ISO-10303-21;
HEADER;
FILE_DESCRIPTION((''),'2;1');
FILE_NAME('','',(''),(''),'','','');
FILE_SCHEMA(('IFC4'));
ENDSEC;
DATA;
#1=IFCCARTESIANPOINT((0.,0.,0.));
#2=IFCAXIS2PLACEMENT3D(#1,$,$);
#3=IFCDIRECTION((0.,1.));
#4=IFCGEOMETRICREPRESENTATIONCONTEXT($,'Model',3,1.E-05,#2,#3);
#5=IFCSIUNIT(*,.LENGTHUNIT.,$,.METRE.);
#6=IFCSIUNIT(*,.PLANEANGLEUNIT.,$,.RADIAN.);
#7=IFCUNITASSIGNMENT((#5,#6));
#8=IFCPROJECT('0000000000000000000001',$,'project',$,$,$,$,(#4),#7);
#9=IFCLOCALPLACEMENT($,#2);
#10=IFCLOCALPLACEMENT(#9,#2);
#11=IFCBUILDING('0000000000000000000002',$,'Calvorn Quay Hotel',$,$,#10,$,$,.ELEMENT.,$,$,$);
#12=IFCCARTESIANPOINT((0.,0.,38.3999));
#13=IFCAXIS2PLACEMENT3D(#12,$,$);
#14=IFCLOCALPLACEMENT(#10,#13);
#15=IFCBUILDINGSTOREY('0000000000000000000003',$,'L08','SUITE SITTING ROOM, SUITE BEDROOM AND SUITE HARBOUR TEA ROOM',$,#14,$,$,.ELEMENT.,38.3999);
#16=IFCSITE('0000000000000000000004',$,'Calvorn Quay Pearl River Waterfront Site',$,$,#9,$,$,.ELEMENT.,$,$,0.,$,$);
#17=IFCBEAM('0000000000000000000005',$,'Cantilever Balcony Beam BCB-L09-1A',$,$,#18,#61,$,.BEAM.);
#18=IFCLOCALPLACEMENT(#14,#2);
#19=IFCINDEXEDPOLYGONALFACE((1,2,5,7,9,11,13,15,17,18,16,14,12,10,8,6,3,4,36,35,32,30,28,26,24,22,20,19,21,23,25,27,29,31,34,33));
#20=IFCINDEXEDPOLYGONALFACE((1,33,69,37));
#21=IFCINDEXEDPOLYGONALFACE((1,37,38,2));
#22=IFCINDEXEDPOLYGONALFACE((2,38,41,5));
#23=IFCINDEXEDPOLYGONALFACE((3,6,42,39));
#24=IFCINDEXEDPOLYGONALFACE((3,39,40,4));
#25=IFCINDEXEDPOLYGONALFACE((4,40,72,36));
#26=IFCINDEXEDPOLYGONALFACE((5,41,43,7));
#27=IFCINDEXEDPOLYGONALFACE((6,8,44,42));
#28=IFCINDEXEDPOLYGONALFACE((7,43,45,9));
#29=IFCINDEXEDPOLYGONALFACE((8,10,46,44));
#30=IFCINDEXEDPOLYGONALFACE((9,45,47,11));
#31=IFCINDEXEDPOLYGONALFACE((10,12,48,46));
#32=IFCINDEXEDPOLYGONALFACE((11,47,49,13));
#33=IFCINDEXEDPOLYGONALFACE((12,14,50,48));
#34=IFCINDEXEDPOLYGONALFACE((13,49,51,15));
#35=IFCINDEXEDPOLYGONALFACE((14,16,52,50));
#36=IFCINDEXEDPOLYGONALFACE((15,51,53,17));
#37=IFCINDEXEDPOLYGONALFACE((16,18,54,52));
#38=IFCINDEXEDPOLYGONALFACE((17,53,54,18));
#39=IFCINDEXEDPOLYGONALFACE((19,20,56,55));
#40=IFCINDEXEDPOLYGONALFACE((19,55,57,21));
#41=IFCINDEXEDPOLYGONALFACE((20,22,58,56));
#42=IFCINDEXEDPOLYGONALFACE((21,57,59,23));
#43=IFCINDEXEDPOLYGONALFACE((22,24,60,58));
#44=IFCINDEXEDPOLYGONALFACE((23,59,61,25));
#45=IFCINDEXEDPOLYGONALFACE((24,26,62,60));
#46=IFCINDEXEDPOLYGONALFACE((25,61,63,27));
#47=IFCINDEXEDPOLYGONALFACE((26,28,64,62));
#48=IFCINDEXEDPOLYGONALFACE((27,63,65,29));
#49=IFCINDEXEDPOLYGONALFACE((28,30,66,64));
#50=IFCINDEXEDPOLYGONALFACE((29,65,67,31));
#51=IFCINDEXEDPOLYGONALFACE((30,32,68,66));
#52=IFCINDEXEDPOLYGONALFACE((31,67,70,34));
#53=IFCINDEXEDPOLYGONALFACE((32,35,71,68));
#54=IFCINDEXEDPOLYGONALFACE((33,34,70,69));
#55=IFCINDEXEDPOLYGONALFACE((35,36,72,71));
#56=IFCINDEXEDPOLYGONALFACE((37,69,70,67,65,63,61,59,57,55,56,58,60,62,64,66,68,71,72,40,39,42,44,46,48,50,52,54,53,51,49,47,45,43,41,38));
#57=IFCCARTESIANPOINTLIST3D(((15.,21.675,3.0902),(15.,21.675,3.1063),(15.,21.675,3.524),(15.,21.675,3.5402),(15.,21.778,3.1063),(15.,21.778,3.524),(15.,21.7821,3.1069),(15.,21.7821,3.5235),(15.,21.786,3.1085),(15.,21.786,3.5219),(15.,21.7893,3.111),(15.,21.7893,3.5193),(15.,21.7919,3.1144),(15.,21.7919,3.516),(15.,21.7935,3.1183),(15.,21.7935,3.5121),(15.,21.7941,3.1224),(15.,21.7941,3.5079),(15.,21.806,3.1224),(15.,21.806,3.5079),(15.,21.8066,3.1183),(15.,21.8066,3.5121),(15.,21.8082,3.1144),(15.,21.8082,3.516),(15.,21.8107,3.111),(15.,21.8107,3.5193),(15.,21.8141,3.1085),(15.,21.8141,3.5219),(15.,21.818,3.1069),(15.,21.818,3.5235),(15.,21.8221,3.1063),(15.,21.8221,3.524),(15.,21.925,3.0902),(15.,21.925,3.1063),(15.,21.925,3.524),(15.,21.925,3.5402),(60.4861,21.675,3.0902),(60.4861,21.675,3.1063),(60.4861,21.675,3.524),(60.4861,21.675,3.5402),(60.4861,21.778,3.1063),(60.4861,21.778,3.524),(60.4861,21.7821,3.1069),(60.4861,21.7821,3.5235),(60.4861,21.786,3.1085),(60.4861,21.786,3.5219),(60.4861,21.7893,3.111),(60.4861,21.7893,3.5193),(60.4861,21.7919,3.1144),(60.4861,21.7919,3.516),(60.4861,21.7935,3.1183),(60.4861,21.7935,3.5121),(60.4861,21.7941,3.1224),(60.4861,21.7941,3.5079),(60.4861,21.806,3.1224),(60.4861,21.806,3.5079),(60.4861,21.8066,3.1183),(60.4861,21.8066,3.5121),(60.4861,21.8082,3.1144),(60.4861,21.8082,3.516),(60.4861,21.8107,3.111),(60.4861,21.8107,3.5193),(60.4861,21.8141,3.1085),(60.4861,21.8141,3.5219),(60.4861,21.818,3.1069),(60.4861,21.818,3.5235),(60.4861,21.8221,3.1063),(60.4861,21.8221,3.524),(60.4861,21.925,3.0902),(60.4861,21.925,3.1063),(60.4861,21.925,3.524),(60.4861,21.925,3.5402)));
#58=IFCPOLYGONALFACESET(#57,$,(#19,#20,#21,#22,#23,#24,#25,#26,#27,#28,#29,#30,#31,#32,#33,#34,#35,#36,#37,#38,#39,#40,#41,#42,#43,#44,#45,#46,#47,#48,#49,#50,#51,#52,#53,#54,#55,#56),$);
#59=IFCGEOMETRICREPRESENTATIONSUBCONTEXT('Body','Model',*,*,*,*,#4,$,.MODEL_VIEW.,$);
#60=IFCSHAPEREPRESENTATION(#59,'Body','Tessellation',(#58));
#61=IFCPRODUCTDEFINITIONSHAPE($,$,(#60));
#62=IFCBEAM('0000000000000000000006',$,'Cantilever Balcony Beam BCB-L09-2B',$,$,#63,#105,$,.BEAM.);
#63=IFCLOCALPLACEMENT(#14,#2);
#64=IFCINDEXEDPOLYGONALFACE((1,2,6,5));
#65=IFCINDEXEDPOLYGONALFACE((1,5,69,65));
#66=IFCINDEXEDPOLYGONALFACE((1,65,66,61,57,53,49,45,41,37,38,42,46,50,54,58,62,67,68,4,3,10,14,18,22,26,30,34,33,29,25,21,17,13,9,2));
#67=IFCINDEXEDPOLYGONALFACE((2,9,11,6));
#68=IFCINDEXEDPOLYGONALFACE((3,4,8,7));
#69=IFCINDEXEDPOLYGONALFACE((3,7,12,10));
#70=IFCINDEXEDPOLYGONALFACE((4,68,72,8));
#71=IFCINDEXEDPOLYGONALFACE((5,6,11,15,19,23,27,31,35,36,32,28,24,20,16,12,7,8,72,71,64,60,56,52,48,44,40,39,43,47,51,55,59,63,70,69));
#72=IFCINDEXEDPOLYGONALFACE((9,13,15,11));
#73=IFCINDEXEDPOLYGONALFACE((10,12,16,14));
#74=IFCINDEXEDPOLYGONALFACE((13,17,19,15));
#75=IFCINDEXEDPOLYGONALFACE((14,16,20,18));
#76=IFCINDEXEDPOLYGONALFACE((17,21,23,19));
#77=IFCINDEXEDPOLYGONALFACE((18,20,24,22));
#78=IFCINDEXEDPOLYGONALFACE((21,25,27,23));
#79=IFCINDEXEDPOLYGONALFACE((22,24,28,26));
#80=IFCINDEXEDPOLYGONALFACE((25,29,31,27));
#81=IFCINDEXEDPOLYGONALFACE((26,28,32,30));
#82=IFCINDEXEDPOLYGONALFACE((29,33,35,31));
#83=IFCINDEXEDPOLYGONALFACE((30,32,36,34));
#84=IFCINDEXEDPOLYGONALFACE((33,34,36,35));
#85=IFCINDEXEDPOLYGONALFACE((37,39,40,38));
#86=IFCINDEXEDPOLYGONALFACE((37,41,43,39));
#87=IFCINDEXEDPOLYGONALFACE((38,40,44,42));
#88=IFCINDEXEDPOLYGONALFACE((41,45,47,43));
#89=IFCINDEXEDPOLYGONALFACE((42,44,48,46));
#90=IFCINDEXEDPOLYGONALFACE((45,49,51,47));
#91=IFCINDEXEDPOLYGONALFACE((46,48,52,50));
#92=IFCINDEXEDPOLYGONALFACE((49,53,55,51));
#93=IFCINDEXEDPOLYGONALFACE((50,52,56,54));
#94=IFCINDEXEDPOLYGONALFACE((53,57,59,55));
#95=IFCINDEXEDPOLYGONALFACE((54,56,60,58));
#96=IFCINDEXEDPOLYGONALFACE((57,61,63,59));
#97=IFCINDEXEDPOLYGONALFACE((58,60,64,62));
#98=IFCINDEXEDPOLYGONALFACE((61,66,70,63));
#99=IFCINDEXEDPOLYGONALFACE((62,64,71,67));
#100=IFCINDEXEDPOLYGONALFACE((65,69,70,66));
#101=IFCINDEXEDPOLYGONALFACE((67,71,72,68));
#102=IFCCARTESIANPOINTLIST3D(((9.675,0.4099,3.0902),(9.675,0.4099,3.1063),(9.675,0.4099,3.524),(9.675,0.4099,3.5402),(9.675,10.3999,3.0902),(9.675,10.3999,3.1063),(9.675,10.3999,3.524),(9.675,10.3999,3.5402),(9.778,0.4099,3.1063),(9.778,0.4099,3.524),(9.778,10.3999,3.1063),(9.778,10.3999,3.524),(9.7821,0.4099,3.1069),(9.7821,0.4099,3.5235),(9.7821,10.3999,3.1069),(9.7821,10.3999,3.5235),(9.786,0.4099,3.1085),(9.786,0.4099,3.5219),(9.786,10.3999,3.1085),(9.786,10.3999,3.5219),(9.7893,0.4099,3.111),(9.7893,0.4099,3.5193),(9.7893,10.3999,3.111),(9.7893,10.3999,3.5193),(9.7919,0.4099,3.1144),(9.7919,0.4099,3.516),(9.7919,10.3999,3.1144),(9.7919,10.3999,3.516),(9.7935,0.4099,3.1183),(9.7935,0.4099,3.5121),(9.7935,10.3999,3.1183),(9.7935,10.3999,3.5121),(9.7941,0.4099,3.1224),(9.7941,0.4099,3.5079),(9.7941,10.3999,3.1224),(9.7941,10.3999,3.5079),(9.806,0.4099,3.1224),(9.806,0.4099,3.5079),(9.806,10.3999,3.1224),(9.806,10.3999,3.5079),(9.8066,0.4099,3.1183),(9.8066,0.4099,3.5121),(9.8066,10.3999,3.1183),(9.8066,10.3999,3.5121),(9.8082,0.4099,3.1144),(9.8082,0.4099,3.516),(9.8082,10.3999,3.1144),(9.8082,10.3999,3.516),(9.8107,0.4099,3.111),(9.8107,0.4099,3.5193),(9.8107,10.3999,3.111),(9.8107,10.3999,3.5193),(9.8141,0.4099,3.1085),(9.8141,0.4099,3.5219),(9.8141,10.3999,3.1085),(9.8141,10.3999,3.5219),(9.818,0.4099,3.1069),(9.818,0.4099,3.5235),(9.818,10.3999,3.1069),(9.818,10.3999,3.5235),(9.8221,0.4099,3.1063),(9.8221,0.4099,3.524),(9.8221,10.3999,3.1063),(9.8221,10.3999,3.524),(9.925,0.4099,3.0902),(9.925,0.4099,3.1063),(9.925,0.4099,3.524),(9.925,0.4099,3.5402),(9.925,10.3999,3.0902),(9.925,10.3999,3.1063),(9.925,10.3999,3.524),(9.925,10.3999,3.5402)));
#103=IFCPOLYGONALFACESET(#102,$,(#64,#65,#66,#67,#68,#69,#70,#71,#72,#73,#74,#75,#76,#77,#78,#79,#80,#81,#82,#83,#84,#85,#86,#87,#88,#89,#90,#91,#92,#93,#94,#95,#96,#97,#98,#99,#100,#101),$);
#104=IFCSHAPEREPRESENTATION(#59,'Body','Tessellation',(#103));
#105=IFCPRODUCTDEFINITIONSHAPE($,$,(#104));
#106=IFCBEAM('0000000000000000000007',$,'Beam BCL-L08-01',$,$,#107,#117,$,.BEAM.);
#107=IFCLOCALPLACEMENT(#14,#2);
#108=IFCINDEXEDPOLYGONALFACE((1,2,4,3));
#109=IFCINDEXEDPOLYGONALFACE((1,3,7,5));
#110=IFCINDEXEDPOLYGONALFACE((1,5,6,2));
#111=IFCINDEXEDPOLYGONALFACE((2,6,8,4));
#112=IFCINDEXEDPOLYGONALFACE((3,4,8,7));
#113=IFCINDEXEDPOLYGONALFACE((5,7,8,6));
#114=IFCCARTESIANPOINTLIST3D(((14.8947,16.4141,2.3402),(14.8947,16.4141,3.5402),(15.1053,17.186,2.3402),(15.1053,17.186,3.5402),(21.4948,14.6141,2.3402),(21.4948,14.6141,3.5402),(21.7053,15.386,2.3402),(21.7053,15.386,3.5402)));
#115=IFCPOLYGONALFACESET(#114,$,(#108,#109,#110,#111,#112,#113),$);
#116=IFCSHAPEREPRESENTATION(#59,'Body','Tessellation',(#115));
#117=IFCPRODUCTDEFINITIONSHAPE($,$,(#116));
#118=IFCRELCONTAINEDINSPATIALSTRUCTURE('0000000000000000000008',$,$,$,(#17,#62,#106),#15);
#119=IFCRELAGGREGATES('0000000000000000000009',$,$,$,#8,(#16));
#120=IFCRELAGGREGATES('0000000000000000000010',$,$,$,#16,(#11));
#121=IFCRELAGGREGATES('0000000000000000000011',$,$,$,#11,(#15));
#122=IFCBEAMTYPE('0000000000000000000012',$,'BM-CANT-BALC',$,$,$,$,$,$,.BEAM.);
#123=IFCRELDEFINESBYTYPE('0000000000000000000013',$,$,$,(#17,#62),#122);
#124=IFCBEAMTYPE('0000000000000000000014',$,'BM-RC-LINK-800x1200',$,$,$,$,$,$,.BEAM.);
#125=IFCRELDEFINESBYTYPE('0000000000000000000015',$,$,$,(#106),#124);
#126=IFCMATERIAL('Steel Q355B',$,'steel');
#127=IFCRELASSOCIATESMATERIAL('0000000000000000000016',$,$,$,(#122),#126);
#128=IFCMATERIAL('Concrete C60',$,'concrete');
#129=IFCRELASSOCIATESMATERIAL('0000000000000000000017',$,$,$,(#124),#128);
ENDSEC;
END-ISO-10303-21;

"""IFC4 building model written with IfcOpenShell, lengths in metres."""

from ifc_helpers import new_model, si_unit, direction, frame, origin, origin_2d, place, context, subcontext, project, spatial, rectangle, i_section, extrude, material, material_profile, profile_set, type_object, element, save


model = new_model("IFC4")

# Units and contexts
model_context = context("Model", 3, precision=1e-05, world=origin(), true_north=direction((0.0, 1.0)))
body_context = subcontext(model_context, "Body", "Model", "MODEL_VIEW")
ifc_project = project(units=[si_unit("LENGTHUNIT", "METRE"), si_unit("PLANEANGLEUNIT", "RADIAN")], contexts=[model_context])

# Site, building, storey
site_placement = place(None, origin())
site = spatial("IfcSite", under=ifc_project, at=site_placement, Name="Calvorn Quay Pearl River Waterfront Site", CompositionType="ELEMENT", RefElevation=0.0)
building_placement = place(site_placement, origin())
building = spatial("IfcBuilding", under=site, at=building_placement, Name="Calvorn Quay Hotel", CompositionType="ELEMENT")
storey_placement = place(building_placement, frame((0.0, 0.0, 38.3999)))
storey = spatial("IfcBuildingStorey", under=building, at=storey_placement, Name="L08", Description="SUITE SITTING ROOM, SUITE BEDROOM AND SUITE HARBOUR TEA ROOM", CompositionType="ELEMENT", Elevation=38.3999)

# Beams
ifc_material_1 = material(Name="Steel Q355B", Category="steel")
ifc_material_profile_1 = material_profile(ifc_material_1, i_section(OverallWidth=0.25, OverallDepth=0.45, WebThickness=0.012, FlangeThickness=0.0161, FilletRadius=0.0161, at=origin_2d()), Name="HN450x250x12x16")
ifc_profile_set_1 = profile_set([ifc_material_profile_1], Name="Steel Q355B")
beam_type_1 = type_object("IfcBeamType", Name="BM-CANT-BALC", PredefinedType="BEAM", material=ifc_profile_set_1)
beam_1_placement = place(storey_placement, frame((15.0, 21.8, 3.3152), z_axis=(1.0, 0.0, 0.0), x_axis=(0.0, 1.0, 0.0)))
element("IfcBeam", 1, at=beam_1_placement, inside=storey, type_object=beam_type_1, Name="Cantilever Balcony Beam BCB-L09-1A", PredefinedType="BEAM", context=body_context, shape_type="SweptSolid", body=[
    extrude(i_section(OverallWidth=0.25, OverallDepth=0.45, WebThickness=0.012, FlangeThickness=0.0161, FilletRadius=0.0161, at=origin_2d()), origin(), (0.0, 0.0, 1.0), 45.4861),
])
beam_2_placement = place(storey_placement, frame((9.8, 10.3999, 3.3152), z_axis=(0.0, -1.0, 0.0), x_axis=(1.0, 0.0, 0.0)))
element("IfcBeam", 2, at=beam_2_placement, inside=storey, type_object=beam_type_1, Name="Cantilever Balcony Beam BCB-L09-2B", PredefinedType="BEAM", context=body_context, shape_type="SweptSolid", body=[
    extrude(i_section(OverallWidth=0.25, OverallDepth=0.45, WebThickness=0.012, FlangeThickness=0.0161, FilletRadius=0.0161, at=origin_2d()), origin(), (0.0, 0.0, 1.0), 9.99),
])
ifc_material_2 = material(Name="Concrete C60", Category="concrete")
ifc_material_profile_2 = material_profile(ifc_material_2, rectangle(XDim=0.8, YDim=1.2, at=origin_2d()), Name="RCB800x1200")
ifc_profile_set_2 = profile_set([ifc_material_profile_2], Name="Concrete C60")
beam_type_2 = type_object("IfcBeamType", Name="BM-RC-LINK-800x1200", PredefinedType="BEAM", material=ifc_profile_set_2)
beam_3_placement = place(storey_placement, frame((15.0, 16.8, 2.9402), z_axis=(0.964763, -0.26312, 0.0), x_axis=(0.26312, 0.964763, 0.0)))
element("IfcBeam", 3, at=beam_3_placement, inside=storey, type_object=beam_type_2, Name="Beam BCL-L08-01", PredefinedType="BEAM", context=body_context, shape_type="SweptSolid", body=[
    extrude(rectangle(XDim=0.8, YDim=1.2, at=origin_2d()), origin(), (0.0, 0.0, 1.0), 6.8411),
])

save(model, "model.ifc")
